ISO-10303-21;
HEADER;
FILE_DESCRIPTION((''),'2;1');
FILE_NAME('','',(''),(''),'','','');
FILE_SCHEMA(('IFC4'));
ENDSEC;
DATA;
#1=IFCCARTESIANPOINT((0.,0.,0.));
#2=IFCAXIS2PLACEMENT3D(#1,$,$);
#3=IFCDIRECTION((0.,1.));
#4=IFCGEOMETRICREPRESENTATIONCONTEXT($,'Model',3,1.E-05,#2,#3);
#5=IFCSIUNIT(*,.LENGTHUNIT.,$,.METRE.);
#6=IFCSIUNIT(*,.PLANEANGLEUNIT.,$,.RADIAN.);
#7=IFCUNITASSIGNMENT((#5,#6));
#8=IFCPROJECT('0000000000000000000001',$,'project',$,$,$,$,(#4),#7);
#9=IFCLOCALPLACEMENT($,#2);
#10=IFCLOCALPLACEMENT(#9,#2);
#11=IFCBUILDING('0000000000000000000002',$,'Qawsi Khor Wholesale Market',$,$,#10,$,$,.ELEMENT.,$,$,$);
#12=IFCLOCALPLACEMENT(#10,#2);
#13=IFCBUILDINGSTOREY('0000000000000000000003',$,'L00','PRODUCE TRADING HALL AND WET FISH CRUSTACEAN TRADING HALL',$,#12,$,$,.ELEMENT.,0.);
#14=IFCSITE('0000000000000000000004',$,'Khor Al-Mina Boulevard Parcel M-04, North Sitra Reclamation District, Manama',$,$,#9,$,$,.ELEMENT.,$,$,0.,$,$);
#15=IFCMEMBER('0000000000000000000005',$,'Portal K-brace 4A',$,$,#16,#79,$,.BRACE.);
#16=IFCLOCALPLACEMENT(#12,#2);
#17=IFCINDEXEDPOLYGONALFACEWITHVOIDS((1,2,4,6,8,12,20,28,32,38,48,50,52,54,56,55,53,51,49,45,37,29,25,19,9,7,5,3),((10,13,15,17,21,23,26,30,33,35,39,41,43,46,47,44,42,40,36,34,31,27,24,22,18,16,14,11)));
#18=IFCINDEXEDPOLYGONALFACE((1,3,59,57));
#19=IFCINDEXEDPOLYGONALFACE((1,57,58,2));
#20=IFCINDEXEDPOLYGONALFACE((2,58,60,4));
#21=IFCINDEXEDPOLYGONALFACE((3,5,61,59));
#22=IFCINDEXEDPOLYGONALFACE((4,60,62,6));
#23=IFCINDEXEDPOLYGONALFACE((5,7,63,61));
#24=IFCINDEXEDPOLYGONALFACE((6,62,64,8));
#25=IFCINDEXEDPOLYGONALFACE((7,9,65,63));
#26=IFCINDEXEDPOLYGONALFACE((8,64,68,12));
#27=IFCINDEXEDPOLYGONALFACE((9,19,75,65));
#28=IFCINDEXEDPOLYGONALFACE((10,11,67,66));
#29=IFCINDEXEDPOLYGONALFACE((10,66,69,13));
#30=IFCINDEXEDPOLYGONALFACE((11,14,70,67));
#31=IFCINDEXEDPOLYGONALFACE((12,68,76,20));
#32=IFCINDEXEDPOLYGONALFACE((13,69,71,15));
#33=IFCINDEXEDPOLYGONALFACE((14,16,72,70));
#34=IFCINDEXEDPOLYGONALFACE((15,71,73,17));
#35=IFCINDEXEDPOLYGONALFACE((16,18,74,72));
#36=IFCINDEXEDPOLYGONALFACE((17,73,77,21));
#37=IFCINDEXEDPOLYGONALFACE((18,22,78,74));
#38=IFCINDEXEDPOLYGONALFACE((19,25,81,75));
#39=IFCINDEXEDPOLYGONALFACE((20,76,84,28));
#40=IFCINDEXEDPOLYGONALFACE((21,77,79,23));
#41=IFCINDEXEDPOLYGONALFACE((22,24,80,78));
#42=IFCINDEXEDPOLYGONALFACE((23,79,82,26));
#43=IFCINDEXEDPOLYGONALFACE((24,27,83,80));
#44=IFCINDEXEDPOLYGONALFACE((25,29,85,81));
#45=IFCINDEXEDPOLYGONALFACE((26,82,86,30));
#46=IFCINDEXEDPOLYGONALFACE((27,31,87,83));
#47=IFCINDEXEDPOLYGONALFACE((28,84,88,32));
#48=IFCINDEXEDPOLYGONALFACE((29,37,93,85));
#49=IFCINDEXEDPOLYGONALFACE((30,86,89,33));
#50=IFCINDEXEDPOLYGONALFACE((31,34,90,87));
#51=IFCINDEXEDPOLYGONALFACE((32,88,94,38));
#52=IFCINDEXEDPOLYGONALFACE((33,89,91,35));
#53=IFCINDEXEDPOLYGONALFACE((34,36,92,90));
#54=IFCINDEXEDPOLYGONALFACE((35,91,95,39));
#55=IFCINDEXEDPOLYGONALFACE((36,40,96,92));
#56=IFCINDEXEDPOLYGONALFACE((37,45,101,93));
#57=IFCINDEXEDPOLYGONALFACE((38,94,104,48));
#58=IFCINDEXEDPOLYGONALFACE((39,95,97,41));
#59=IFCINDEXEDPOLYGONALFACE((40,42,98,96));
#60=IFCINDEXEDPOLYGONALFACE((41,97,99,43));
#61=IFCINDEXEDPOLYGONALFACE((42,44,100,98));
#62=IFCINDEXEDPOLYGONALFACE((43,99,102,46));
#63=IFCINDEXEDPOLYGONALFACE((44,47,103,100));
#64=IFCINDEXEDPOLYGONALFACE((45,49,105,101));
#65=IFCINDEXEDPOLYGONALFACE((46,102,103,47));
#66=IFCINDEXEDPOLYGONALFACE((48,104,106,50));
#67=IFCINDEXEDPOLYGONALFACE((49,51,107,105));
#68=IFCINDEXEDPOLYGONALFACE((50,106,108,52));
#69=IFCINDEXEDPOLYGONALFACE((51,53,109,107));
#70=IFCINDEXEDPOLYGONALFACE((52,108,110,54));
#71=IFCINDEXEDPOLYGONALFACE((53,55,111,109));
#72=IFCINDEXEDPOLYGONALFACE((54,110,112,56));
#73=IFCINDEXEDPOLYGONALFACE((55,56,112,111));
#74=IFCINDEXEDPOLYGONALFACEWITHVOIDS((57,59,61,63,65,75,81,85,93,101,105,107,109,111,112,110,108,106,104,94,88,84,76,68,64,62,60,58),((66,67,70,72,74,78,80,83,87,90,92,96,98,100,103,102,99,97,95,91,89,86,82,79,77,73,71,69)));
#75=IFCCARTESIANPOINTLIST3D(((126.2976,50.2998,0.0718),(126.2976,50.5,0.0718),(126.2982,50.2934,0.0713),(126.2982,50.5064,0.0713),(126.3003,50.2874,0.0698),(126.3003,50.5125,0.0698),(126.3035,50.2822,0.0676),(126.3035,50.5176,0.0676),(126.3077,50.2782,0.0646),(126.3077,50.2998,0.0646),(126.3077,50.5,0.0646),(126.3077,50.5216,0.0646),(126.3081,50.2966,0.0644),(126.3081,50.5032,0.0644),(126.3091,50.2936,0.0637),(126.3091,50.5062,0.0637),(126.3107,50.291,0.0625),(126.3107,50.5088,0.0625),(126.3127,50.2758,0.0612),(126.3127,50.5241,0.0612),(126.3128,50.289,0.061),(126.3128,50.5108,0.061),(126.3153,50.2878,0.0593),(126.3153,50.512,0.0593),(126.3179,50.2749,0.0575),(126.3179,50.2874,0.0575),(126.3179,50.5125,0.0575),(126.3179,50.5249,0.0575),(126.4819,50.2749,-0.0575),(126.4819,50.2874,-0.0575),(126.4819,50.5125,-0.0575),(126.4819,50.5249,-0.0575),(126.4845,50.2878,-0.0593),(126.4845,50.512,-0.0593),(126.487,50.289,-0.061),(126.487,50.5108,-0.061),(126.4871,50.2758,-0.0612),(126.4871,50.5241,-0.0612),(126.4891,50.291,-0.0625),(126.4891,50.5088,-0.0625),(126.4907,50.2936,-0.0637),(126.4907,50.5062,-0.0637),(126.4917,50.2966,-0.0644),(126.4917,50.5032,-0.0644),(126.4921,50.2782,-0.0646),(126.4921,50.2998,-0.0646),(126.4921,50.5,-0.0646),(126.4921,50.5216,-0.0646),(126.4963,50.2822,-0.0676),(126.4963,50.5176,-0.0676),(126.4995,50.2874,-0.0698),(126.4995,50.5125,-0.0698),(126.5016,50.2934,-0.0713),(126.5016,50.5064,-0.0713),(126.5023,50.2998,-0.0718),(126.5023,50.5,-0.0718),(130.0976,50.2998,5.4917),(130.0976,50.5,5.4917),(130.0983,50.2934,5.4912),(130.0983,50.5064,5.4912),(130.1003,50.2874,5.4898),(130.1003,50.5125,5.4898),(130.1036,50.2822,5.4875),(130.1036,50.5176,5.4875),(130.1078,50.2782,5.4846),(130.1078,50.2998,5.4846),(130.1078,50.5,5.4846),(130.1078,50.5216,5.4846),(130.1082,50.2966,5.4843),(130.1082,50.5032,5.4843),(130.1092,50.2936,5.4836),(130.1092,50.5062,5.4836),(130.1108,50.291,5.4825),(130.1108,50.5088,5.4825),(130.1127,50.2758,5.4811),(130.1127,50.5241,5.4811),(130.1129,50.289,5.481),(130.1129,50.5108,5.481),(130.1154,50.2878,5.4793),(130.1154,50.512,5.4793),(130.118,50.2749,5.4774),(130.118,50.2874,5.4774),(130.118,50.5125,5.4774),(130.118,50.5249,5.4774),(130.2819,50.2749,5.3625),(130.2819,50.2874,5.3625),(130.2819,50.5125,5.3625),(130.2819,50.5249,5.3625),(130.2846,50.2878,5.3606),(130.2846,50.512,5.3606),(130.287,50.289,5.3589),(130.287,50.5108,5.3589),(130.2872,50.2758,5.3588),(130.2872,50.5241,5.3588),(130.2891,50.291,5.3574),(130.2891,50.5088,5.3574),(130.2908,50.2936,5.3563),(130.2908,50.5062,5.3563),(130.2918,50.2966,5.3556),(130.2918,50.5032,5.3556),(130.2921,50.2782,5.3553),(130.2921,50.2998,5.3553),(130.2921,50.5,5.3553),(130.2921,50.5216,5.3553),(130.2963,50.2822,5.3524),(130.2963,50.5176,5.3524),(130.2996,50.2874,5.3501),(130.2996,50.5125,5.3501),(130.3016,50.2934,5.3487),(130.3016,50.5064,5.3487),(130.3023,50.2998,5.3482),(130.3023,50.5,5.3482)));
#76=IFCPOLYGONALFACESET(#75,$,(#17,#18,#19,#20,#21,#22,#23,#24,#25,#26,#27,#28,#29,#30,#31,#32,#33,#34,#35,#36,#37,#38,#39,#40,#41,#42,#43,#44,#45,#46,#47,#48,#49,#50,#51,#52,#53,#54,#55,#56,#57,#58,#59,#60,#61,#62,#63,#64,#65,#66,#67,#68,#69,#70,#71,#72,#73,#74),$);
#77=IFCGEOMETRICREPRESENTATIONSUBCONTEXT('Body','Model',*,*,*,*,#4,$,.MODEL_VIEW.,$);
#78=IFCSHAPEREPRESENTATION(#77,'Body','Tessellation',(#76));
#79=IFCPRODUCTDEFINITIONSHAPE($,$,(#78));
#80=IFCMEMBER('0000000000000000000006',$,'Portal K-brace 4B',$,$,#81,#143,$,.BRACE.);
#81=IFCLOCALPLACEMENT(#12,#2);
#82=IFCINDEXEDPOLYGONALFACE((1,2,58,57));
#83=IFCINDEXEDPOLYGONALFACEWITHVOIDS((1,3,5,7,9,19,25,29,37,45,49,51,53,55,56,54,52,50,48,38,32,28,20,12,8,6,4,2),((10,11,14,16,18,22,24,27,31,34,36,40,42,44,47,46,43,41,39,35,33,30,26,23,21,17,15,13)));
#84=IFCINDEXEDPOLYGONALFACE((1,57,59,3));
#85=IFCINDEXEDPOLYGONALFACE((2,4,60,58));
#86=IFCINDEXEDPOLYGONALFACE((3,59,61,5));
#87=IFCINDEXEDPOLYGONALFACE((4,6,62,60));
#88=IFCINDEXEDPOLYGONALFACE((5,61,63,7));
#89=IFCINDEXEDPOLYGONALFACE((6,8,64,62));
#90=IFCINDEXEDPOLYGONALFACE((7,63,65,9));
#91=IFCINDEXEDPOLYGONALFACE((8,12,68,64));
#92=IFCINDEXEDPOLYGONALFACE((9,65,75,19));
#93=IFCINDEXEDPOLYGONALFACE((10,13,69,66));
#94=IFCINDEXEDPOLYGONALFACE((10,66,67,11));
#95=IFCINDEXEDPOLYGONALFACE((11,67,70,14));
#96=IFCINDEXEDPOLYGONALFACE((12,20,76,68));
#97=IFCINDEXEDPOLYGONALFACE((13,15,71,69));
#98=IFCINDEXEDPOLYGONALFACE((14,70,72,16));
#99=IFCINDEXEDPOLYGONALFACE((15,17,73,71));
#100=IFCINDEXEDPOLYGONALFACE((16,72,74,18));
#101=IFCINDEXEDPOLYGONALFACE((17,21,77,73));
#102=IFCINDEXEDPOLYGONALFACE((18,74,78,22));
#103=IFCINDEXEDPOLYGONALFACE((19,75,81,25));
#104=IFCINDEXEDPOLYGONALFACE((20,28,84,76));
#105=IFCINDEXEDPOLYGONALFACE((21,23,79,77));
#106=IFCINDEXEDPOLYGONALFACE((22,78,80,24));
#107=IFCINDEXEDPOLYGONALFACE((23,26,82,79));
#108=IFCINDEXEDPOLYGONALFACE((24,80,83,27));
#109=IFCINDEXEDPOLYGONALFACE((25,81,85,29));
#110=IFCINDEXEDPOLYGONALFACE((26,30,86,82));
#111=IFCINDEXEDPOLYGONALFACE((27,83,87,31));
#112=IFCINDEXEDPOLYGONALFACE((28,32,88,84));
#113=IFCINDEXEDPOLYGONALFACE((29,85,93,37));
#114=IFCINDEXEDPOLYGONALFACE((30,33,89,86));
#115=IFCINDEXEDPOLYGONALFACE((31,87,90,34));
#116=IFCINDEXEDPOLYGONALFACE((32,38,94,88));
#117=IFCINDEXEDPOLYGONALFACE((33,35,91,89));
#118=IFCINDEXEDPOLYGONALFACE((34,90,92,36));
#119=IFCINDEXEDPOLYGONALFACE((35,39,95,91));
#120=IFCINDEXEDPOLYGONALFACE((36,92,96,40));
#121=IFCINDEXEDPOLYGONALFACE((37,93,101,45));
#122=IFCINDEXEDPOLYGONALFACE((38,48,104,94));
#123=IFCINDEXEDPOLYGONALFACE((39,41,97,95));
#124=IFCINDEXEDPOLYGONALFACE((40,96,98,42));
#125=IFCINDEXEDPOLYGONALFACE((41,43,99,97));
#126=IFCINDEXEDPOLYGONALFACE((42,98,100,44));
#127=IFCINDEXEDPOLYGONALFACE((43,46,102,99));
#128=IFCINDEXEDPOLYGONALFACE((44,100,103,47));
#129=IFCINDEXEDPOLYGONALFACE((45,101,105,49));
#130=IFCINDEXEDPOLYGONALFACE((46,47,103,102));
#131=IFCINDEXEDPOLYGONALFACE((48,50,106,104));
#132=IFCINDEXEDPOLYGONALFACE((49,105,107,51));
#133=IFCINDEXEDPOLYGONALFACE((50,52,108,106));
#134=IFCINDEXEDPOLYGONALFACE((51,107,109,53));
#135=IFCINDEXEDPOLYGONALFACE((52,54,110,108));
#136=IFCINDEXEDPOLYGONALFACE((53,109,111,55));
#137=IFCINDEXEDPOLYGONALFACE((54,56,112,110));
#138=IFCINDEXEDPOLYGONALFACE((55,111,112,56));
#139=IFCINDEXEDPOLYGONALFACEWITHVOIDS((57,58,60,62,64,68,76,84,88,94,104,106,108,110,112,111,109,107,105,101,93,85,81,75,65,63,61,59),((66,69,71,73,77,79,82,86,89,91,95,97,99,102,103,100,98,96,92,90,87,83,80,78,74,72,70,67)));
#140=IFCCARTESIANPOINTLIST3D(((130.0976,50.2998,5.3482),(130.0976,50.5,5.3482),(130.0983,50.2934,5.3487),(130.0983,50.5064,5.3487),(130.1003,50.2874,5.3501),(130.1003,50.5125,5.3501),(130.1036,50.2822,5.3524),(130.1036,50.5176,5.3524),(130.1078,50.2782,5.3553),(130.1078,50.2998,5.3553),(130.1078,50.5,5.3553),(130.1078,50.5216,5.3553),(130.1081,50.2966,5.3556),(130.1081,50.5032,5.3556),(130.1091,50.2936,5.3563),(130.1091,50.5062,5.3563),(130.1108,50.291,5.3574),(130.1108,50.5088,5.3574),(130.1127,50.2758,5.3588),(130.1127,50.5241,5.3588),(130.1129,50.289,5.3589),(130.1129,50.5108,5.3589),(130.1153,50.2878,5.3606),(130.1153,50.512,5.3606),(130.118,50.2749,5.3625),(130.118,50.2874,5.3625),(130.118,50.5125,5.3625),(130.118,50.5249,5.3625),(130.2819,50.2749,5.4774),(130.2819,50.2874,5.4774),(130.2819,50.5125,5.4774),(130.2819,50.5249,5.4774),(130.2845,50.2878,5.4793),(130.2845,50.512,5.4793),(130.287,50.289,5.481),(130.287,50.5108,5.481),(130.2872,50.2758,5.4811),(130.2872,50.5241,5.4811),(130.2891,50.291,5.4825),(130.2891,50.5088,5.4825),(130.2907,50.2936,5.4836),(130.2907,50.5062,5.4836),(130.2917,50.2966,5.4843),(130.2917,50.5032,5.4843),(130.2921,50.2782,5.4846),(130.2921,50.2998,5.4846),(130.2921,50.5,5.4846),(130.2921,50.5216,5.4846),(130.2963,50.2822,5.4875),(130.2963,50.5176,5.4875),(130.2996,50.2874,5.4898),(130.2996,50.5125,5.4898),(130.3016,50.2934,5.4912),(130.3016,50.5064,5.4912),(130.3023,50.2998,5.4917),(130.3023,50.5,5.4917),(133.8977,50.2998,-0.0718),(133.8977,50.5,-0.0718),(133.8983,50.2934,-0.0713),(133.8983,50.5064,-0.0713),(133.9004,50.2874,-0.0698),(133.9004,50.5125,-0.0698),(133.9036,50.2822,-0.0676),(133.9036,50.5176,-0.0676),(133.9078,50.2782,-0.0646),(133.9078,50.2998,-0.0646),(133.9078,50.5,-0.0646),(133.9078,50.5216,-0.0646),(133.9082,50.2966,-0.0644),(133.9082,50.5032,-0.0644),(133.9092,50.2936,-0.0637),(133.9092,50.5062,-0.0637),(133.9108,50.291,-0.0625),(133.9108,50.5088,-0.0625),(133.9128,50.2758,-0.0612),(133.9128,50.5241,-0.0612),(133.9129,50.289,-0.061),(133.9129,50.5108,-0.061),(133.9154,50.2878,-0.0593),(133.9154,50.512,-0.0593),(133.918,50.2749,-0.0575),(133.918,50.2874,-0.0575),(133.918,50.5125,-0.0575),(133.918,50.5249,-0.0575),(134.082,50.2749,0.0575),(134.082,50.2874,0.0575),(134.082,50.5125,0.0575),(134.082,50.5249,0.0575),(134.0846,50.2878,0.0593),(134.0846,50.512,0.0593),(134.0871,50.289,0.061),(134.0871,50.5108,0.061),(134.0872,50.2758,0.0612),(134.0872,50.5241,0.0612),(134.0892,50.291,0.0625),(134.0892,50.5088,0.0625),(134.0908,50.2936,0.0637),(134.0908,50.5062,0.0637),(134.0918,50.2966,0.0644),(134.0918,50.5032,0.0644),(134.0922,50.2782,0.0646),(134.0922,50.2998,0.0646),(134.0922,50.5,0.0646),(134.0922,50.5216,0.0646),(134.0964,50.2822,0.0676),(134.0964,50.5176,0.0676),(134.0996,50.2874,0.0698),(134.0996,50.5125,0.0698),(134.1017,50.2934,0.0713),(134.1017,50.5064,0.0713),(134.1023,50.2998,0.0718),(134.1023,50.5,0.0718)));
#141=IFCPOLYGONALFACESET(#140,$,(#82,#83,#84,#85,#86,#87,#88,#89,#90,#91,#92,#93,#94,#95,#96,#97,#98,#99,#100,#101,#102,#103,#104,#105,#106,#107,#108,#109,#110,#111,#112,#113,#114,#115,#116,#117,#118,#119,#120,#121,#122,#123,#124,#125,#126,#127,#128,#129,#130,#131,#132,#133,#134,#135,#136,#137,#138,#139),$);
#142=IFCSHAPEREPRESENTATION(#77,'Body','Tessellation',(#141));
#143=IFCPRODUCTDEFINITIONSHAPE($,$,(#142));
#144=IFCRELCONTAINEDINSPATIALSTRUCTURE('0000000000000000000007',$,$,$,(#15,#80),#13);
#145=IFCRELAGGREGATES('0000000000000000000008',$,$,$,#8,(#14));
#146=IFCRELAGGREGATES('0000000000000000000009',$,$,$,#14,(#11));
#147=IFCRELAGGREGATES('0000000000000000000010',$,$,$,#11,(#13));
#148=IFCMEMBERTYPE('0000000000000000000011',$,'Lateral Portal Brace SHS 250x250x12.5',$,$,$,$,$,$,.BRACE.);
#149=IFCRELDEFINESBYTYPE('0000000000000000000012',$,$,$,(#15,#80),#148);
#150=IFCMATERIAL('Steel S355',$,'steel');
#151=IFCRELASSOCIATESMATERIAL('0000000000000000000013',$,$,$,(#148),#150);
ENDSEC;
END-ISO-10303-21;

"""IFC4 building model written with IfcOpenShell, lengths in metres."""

from ifc_helpers import new_model, si_unit, direction, frame, origin, origin_2d, place, context, subcontext, project, spatial, hollow_rectangle, extrude, material, material_profile, profile_set, type_object, element, save


model = new_model("IFC4")

# Units and contexts
model_context = context("Model", 3, precision=1e-05, world=origin(), true_north=direction((0.0, 1.0)))
body_context = subcontext(model_context, "Body", "Model", "MODEL_VIEW")
ifc_project = project(units=[si_unit("LENGTHUNIT", "METRE"), si_unit("PLANEANGLEUNIT", "RADIAN")], contexts=[model_context])

# Site, building, storey
site_placement = place(None, origin())
site = spatial("IfcSite", under=ifc_project, at=site_placement, Name="Khor Al-Mina Boulevard Parcel M-04, North Sitra Reclamation District, Manama", CompositionType="ELEMENT", RefElevation=0.0)
building_placement = place(site_placement, origin())
building = spatial("IfcBuilding", under=site, at=building_placement, Name="Qawsi Khor Wholesale Market", CompositionType="ELEMENT")
storey_placement = place(building_placement, origin())
storey = spatial("IfcBuildingStorey", under=building, at=storey_placement, Name="L00", Description="PRODUCE TRADING HALL AND WET FISH CRUSTACEAN TRADING HALL", CompositionType="ELEMENT", Elevation=0.0)

# Members
ifc_material_1 = material(Name="Steel S355", Category="steel")
ifc_material_profile_1 = material_profile(ifc_material_1, hollow_rectangle(XDim=0.25, YDim=0.25, WallThickness=0.0125, InnerFilletRadius=0.0125, OuterFilletRadius=0.0249, at=origin_2d()), Name="SHS 250x250x12.5")
ifc_profile_set_1 = profile_set([ifc_material_profile_1], Name="Steel S355")
member_type = type_object("IfcMemberType", Name="Lateral Portal Brace SHS 250x250x12.5", PredefinedType="BRACE", material=ifc_profile_set_1)
for number, where, z_axis, x_axis, name in (
    (1, (126.3999, 50.3999, 0.0), (0.574081, 0.0, 0.818798), (0.0, 1.0, 0.0), "Portal K-brace 4A"),
    (2, (134.0, 50.3999, 0.0), (-0.574081, 0.0, 0.818798), (0.0, -1.0, 0.0), "Portal K-brace 4B"),
):
    element("IfcMember", number, at=place(storey_placement, frame(where, z_axis=z_axis, x_axis=x_axis)), inside=storey, type_object=member_type, Name=name, PredefinedType="BRACE", context=body_context, shape_type="SweptSolid", body=[
        extrude(hollow_rectangle(XDim=0.25, YDim=0.25, WallThickness=0.0125, InnerFilletRadius=0.0125, OuterFilletRadius=0.0249, at=origin_2d()), origin(), (0.0, 0.0, 1.0), 6.6194),
    ])

save(model, "model.ifc")
